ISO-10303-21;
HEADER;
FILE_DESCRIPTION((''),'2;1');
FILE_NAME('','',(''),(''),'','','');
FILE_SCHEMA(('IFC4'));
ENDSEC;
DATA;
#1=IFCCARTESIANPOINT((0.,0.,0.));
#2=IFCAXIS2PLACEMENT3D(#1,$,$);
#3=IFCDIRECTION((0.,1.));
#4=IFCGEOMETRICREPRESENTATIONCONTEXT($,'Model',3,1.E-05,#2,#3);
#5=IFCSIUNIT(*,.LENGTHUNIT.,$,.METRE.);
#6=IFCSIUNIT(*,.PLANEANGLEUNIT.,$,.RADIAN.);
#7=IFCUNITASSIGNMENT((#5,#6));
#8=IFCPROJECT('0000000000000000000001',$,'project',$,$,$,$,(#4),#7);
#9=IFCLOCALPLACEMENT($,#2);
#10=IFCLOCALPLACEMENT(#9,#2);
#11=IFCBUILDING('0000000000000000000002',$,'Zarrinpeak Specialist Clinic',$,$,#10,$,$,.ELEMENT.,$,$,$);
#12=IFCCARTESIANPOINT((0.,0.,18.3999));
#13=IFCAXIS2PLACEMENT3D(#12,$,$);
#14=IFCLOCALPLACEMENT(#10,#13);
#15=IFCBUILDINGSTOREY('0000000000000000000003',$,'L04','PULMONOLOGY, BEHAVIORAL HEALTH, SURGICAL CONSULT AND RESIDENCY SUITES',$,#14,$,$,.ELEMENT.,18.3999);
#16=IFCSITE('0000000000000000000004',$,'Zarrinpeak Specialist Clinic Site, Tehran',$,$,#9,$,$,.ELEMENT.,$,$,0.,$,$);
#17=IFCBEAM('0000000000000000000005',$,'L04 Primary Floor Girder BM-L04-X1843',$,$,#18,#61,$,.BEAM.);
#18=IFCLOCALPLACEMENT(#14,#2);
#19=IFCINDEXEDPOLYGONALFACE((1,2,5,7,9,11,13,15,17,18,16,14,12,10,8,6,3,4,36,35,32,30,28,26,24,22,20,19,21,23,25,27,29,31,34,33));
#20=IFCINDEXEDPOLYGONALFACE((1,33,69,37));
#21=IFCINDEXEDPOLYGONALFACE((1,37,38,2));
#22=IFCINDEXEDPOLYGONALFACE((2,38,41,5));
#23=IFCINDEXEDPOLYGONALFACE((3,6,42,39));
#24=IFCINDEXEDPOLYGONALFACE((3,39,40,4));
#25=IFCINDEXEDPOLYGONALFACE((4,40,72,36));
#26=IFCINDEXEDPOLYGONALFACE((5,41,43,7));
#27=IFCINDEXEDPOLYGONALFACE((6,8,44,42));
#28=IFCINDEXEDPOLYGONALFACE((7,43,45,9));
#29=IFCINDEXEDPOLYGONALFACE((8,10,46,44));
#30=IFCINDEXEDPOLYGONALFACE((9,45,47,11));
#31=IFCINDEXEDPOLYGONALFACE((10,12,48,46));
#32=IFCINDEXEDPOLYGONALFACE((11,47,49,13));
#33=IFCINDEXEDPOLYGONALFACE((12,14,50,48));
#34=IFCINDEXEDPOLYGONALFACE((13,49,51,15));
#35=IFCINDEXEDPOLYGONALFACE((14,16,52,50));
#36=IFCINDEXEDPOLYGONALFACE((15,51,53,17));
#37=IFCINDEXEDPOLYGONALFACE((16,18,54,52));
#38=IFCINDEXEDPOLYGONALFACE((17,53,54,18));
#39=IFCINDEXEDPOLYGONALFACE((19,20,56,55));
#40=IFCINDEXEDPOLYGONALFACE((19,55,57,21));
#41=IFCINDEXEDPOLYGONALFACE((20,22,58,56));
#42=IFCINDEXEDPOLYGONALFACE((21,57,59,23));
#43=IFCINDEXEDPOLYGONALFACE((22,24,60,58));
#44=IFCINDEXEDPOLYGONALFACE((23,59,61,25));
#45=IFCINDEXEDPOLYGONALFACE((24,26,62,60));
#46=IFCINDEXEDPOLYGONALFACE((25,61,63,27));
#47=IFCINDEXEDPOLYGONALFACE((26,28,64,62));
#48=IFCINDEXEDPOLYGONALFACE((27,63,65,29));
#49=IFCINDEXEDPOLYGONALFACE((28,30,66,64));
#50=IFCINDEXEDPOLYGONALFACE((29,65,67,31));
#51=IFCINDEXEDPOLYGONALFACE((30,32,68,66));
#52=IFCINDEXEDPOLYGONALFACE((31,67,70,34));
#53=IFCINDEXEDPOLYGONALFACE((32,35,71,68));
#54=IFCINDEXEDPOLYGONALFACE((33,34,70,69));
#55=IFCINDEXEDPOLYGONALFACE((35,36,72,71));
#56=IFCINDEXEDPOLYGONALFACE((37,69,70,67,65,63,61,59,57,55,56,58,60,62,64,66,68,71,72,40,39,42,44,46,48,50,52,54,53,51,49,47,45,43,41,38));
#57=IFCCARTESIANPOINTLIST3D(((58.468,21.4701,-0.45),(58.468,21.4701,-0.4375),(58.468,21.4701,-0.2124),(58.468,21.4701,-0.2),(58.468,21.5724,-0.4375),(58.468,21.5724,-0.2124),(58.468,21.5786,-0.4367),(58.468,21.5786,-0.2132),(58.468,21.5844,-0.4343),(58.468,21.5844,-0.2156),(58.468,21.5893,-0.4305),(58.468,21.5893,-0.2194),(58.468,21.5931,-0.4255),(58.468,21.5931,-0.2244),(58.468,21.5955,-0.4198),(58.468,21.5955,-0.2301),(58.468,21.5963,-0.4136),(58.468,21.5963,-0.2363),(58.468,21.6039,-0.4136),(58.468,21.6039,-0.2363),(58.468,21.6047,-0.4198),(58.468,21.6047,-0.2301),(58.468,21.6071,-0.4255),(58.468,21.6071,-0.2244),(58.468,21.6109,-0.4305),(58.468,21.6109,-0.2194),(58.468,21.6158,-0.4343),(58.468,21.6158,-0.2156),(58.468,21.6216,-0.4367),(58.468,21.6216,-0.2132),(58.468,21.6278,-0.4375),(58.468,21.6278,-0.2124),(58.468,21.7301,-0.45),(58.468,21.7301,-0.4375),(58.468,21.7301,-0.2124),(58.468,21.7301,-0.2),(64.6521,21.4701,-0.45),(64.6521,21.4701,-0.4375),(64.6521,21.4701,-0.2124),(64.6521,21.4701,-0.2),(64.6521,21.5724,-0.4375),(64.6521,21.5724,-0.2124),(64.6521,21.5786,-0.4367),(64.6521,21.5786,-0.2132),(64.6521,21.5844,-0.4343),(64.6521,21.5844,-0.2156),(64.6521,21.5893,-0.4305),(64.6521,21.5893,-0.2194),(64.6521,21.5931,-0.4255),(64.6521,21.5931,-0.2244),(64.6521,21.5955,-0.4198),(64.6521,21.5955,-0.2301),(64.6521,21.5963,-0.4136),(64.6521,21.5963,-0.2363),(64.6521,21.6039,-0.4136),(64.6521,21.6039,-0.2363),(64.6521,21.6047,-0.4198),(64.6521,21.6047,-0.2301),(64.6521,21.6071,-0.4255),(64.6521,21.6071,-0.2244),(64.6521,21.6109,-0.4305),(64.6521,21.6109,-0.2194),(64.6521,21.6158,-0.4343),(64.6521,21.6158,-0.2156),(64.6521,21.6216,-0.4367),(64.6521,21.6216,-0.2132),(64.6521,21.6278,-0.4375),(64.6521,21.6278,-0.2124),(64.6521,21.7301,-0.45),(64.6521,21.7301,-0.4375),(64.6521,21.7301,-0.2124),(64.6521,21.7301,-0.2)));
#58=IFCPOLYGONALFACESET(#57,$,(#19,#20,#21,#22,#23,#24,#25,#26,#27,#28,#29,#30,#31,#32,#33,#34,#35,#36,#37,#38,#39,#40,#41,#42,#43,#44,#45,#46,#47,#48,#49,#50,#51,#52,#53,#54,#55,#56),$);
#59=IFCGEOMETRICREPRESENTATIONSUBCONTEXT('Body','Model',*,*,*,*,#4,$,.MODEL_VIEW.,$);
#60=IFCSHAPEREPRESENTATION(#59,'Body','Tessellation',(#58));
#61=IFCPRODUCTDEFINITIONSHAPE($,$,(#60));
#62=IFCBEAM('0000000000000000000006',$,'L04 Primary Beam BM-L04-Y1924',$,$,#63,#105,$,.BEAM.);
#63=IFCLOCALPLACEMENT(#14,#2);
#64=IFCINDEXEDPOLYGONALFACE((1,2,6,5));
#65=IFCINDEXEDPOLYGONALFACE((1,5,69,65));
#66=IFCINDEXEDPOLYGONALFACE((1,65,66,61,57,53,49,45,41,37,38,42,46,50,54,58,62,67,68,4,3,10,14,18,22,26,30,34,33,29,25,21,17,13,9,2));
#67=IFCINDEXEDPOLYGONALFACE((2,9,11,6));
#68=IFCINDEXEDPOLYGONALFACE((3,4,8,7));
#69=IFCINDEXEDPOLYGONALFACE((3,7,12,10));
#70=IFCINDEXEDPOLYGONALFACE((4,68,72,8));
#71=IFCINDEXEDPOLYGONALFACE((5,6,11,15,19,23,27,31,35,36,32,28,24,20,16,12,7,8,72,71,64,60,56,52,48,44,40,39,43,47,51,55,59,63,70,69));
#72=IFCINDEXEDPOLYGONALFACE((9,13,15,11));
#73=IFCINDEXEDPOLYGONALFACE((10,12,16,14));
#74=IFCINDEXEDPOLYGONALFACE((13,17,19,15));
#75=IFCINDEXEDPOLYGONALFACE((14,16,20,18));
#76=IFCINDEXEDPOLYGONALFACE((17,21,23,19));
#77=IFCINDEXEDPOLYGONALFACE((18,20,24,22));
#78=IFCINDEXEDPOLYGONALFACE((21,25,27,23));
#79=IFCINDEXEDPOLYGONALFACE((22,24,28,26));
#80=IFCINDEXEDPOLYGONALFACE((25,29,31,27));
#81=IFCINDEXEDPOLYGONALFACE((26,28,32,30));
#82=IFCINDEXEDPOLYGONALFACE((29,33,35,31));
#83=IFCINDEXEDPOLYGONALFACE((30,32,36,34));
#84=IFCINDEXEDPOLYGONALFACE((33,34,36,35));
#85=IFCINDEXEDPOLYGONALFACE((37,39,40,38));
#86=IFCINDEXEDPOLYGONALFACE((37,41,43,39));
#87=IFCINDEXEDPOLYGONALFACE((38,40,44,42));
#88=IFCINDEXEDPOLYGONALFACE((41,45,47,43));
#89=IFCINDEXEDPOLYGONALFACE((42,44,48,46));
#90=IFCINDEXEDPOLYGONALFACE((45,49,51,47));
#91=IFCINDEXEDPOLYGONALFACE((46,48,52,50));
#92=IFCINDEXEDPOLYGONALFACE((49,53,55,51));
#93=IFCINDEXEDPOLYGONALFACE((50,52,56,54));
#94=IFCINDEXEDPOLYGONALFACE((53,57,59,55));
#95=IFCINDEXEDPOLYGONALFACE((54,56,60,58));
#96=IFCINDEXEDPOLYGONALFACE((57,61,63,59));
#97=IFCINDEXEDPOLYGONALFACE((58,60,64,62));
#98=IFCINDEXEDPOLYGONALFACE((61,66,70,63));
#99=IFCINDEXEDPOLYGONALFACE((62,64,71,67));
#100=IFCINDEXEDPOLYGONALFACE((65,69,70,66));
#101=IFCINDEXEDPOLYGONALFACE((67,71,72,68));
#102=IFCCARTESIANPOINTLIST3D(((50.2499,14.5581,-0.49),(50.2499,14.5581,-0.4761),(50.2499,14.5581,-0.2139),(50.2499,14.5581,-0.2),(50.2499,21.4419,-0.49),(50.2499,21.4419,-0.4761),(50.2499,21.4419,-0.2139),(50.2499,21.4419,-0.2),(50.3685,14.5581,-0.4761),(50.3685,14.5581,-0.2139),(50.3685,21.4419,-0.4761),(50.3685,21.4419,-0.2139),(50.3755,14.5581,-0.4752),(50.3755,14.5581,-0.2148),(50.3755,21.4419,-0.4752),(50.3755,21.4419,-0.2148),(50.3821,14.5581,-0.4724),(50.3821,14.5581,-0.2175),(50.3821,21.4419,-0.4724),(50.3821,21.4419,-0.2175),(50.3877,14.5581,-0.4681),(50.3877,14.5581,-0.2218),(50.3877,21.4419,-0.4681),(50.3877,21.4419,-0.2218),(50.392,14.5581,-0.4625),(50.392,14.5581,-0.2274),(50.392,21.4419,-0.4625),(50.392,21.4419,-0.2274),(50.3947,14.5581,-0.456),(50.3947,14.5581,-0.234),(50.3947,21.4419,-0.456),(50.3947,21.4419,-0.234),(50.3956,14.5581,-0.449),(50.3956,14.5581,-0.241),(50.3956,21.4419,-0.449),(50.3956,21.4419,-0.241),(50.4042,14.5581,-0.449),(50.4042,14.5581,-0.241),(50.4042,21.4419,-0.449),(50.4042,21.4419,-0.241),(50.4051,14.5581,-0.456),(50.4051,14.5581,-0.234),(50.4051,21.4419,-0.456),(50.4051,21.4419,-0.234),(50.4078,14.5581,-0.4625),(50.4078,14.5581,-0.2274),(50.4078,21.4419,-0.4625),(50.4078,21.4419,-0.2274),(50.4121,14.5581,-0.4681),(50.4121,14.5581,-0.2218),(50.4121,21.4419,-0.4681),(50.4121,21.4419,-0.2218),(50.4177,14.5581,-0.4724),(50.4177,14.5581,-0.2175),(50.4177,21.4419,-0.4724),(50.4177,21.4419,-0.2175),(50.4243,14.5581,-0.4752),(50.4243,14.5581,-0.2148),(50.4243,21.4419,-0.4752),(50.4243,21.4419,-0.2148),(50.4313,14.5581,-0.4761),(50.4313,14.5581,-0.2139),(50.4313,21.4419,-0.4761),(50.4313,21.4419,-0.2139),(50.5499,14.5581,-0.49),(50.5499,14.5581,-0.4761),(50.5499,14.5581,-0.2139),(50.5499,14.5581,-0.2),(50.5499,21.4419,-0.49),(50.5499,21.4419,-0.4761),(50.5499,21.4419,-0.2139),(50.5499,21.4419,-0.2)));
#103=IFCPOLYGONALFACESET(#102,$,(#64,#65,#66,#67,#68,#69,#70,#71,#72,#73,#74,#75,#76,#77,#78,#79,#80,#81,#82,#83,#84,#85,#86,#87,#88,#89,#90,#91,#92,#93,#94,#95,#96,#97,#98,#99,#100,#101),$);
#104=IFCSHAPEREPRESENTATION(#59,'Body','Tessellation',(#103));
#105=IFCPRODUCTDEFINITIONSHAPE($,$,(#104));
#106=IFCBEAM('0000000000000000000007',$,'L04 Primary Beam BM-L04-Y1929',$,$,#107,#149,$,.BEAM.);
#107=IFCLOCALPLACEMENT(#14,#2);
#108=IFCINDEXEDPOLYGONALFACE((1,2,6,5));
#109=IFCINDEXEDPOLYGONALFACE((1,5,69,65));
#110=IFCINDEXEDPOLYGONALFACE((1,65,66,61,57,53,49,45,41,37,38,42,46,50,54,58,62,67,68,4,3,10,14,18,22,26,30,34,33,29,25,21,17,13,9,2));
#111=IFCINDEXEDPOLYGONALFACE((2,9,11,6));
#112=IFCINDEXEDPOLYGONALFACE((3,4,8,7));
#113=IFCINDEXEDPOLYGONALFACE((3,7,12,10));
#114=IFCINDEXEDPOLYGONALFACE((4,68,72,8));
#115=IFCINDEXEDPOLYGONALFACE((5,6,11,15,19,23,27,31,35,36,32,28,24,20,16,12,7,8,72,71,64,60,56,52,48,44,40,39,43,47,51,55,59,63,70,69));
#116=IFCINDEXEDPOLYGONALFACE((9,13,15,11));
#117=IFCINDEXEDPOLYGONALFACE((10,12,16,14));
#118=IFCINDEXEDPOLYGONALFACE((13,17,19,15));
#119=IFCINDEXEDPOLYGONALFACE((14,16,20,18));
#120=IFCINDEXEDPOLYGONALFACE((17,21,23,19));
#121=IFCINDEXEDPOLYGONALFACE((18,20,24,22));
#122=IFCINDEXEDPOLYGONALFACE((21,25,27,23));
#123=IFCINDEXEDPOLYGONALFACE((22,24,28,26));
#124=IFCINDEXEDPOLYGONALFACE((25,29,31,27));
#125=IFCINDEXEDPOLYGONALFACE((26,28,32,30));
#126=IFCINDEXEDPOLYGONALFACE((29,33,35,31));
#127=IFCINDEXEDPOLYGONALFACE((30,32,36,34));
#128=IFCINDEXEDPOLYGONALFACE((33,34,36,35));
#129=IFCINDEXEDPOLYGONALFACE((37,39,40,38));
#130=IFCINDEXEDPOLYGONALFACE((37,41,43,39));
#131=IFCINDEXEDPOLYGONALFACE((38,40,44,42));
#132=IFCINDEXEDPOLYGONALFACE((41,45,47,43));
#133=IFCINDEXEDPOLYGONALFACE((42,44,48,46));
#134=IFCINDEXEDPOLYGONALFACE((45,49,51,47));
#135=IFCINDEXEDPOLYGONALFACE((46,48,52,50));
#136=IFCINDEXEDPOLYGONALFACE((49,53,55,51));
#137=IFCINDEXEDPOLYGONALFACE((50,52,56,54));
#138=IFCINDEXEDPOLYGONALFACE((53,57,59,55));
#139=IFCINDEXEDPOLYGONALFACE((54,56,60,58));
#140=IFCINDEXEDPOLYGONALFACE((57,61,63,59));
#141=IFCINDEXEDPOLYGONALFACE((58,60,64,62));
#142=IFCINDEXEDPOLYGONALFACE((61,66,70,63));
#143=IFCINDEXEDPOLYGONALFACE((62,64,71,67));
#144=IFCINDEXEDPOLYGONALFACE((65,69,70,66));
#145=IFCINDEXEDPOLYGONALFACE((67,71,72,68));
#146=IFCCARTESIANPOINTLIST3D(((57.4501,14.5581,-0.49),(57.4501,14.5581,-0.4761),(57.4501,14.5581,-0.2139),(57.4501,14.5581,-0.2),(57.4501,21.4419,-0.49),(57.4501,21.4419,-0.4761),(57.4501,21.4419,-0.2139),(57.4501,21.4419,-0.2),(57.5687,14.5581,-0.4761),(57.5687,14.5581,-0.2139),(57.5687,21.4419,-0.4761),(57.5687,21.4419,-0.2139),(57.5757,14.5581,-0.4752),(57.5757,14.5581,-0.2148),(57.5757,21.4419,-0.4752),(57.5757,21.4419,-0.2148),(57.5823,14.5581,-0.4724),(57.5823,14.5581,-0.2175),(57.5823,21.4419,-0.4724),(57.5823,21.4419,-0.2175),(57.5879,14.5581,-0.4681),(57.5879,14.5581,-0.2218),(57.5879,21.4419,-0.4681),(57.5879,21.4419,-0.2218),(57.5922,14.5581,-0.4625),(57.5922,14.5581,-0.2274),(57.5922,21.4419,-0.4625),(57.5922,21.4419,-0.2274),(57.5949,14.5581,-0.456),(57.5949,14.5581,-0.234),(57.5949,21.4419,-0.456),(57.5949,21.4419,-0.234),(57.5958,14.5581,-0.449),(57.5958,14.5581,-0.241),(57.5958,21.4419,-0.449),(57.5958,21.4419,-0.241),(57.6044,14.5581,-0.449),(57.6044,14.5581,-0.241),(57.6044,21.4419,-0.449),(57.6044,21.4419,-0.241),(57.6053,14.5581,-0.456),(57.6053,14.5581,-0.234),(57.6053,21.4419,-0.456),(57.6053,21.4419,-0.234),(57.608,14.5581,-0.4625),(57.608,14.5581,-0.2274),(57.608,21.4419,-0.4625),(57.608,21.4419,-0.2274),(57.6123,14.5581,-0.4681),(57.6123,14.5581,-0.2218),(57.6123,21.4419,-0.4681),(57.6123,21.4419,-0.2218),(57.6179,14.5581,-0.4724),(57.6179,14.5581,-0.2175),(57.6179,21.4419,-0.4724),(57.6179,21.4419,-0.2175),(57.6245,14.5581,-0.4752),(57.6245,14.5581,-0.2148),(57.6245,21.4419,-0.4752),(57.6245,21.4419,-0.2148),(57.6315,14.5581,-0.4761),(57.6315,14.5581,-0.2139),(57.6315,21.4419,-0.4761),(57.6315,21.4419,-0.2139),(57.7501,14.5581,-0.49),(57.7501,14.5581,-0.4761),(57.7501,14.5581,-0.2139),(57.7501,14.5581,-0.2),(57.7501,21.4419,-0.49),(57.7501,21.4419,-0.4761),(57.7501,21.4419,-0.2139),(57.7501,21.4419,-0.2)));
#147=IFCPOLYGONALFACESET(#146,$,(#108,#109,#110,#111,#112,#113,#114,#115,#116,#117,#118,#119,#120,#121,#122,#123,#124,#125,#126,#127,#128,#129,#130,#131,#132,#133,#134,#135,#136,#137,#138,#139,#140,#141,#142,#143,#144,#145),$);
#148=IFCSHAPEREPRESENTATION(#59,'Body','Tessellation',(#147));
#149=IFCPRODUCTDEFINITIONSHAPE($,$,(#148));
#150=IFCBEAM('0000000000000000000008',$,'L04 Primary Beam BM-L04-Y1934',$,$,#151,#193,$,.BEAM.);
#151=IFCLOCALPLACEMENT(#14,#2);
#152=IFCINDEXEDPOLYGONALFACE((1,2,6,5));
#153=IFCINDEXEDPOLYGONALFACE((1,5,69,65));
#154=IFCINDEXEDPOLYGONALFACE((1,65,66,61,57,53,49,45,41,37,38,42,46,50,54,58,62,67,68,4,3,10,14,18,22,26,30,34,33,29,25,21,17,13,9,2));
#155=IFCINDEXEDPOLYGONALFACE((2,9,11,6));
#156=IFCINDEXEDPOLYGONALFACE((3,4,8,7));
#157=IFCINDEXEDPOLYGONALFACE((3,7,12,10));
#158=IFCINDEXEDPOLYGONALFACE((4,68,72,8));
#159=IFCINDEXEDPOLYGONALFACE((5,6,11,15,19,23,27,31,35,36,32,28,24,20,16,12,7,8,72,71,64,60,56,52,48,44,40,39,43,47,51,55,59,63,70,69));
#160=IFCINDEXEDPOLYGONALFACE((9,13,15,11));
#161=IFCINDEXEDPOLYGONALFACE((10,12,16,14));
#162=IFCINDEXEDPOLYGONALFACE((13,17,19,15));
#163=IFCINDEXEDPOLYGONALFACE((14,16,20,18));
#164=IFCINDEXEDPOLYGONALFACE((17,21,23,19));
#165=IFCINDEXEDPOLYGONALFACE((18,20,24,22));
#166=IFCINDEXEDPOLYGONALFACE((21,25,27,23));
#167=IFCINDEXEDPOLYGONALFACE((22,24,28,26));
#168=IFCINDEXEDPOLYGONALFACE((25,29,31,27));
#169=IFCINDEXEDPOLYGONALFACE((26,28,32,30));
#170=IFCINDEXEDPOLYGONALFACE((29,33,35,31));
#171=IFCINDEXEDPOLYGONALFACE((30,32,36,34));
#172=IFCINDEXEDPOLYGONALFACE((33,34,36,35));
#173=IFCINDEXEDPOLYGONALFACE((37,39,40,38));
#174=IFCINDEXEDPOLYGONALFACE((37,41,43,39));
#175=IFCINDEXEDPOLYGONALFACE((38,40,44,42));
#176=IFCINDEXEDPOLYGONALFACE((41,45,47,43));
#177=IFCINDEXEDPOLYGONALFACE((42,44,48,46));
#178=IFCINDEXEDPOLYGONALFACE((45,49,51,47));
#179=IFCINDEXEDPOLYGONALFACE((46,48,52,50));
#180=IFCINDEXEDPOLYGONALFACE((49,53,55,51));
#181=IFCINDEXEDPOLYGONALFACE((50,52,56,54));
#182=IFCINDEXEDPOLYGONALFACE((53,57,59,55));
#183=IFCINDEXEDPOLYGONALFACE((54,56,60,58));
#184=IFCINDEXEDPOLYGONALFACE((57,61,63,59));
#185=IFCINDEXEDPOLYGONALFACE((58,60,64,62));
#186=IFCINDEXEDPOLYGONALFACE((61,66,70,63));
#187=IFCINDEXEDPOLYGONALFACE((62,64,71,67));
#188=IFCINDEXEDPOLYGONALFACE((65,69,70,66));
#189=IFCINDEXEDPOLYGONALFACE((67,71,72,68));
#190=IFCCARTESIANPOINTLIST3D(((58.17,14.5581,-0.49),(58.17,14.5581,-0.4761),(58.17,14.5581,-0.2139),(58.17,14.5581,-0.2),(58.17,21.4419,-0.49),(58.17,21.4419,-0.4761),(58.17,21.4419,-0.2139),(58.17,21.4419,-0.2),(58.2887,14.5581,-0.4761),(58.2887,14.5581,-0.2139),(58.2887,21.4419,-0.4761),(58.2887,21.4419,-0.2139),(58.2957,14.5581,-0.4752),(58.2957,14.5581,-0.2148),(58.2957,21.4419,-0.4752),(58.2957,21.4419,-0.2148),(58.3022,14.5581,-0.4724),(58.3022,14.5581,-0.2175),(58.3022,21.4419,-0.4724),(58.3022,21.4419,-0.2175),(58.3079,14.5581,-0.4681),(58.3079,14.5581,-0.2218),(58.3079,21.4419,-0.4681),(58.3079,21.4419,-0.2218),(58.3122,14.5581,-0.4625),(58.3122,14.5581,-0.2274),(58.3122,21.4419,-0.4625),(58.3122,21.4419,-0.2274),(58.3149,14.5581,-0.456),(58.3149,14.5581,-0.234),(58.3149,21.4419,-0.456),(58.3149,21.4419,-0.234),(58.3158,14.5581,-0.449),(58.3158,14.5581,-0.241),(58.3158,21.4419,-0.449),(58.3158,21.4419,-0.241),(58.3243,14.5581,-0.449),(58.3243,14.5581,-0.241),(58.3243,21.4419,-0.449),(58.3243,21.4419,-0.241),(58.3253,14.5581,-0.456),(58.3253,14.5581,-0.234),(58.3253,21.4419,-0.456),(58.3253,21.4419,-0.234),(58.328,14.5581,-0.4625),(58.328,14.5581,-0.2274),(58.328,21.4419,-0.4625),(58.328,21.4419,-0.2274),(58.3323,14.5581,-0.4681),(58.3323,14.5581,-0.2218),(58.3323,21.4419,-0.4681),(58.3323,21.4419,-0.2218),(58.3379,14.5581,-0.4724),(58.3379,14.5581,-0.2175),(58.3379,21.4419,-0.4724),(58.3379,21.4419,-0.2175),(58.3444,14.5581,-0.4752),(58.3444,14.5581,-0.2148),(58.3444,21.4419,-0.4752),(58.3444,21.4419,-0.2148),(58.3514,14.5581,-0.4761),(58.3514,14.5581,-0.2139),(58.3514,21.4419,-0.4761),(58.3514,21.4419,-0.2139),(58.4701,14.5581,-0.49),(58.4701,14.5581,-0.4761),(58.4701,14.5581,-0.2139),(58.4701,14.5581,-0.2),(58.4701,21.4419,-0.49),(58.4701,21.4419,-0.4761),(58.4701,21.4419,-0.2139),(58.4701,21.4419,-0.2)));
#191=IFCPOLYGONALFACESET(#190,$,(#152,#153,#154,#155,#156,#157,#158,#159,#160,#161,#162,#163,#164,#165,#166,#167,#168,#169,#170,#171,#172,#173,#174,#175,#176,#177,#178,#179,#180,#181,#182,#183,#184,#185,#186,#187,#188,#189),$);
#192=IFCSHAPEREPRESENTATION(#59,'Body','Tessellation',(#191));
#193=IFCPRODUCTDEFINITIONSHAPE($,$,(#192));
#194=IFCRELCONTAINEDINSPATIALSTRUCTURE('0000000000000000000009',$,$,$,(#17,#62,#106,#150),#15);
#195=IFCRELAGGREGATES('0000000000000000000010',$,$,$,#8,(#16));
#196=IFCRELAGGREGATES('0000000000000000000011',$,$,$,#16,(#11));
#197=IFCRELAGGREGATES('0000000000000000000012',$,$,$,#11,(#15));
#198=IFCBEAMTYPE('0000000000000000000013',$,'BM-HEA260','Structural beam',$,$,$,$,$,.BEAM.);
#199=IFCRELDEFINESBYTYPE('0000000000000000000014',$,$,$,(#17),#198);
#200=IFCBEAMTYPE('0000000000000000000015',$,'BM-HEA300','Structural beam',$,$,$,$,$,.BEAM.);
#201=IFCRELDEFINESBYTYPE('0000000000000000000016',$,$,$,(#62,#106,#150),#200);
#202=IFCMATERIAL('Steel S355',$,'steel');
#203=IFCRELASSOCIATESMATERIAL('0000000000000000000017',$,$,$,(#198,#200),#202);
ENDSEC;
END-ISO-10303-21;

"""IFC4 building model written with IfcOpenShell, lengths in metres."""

from ifc_helpers import new_model, si_unit, direction, frame, origin, origin_2d, place, context, subcontext, project, spatial, i_section, extrude, material, material_profile, profile_set, type_object, element, save


model = new_model("IFC4")

# Units and contexts
model_context = context("Model", 3, precision=1e-05, world=origin(), true_north=direction((0.0, 1.0)))
body_context = subcontext(model_context, "Body", "Model", "MODEL_VIEW")
ifc_project = project(units=[si_unit("LENGTHUNIT", "METRE"), si_unit("PLANEANGLEUNIT", "RADIAN")], contexts=[model_context])

# Site, building, storey
site_placement = place(None, origin())
site = spatial("IfcSite", under=ifc_project, at=site_placement, Name="Zarrinpeak Specialist Clinic Site, Tehran", CompositionType="ELEMENT", RefElevation=0.0)
building_placement = place(site_placement, origin())
building = spatial("IfcBuilding", under=site, at=building_placement, Name="Zarrinpeak Specialist Clinic", CompositionType="ELEMENT")
storey_placement = place(building_placement, frame((0.0, 0.0, 18.3999)))
storey = spatial("IfcBuildingStorey", under=building, at=storey_placement, Name="L04", Description="PULMONOLOGY, BEHAVIORAL HEALTH, SURGICAL CONSULT AND RESIDENCY SUITES", CompositionType="ELEMENT", Elevation=18.3999)

# Shared definitions
ifc_material_1 = material(Name="Steel S355", Category="steel")

# Beams
ifc_material_profile_1 = material_profile(ifc_material_1, i_section(OverallWidth=0.26, OverallDepth=0.25, WebThickness=0.0076, FlangeThickness=0.0125, FilletRadius=0.0239, at=origin_2d()), Name="HEA 260")
ifc_profile_set_1 = profile_set([ifc_material_profile_1], Name="Steel S355")
beam_type_1 = type_object("IfcBeamType", Name="BM-HEA260", Description="Structural beam", PredefinedType="BEAM", material=ifc_profile_set_1)
beam_1_placement = place(storey_placement, frame((58.468, 21.6001, -0.325), z_axis=(1.0, 0.0, 0.0), x_axis=(0.0, 1.0, 0.0)))
element("IfcBeam", 1, at=beam_1_placement, inside=storey, type_object=beam_type_1, Name="L04 Primary Floor Girder BM-L04-X1843", PredefinedType="BEAM", context=body_context, shape_type="SweptSolid", body=[
    extrude(i_section(OverallWidth=0.26, OverallDepth=0.25, WebThickness=0.0076, FlangeThickness=0.0125, FilletRadius=0.0239, at=origin_2d()), origin(), (0.0, 0.0, 1.0), 6.1841),
])
ifc_material_profile_2 = material_profile(ifc_material_1, i_section(OverallWidth=0.3, OverallDepth=0.29, WebThickness=0.0085, FlangeThickness=0.0139, FilletRadius=0.0271, at=origin_2d()), Name="HEA 300")
ifc_profile_set_2 = profile_set([ifc_material_profile_2], Name="Steel S355")
beam_type_2 = type_object("IfcBeamType", Name="BM-HEA300", Description="Structural beam", PredefinedType="BEAM", material=ifc_profile_set_2)
for number, where, z_axis, x_axis, name in (
    (2, (50.3999, 14.5581, -0.345), (0.0, 1.0, 0.0), (-1.0, 0.0, 0.0), "L04 Primary Beam BM-L04-Y1924"),
    (3, (57.6001, 14.5581, -0.345), (0.0, 1.0, 0.0), (-1.0, 0.0, 0.0), "L04 Primary Beam BM-L04-Y1929"),
    (4, (58.3201, 14.5581, -0.345), (0.0, 1.0, 0.0), (-1.0, 0.0, 0.0), "L04 Primary Beam BM-L04-Y1934"),
):
    element("IfcBeam", number, at=place(storey_placement, frame(where, z_axis=z_axis, x_axis=x_axis)), inside=storey, type_object=beam_type_2, Name=name, PredefinedType="BEAM", context=body_context, shape_type="SweptSolid", body=[
        extrude(i_section(OverallWidth=0.3, OverallDepth=0.29, WebThickness=0.0085, FlangeThickness=0.0139, FilletRadius=0.0271, at=origin_2d()), origin(), (0.0, 0.0, 1.0), 6.8838),
    ])

save(model, "model.ifc")
